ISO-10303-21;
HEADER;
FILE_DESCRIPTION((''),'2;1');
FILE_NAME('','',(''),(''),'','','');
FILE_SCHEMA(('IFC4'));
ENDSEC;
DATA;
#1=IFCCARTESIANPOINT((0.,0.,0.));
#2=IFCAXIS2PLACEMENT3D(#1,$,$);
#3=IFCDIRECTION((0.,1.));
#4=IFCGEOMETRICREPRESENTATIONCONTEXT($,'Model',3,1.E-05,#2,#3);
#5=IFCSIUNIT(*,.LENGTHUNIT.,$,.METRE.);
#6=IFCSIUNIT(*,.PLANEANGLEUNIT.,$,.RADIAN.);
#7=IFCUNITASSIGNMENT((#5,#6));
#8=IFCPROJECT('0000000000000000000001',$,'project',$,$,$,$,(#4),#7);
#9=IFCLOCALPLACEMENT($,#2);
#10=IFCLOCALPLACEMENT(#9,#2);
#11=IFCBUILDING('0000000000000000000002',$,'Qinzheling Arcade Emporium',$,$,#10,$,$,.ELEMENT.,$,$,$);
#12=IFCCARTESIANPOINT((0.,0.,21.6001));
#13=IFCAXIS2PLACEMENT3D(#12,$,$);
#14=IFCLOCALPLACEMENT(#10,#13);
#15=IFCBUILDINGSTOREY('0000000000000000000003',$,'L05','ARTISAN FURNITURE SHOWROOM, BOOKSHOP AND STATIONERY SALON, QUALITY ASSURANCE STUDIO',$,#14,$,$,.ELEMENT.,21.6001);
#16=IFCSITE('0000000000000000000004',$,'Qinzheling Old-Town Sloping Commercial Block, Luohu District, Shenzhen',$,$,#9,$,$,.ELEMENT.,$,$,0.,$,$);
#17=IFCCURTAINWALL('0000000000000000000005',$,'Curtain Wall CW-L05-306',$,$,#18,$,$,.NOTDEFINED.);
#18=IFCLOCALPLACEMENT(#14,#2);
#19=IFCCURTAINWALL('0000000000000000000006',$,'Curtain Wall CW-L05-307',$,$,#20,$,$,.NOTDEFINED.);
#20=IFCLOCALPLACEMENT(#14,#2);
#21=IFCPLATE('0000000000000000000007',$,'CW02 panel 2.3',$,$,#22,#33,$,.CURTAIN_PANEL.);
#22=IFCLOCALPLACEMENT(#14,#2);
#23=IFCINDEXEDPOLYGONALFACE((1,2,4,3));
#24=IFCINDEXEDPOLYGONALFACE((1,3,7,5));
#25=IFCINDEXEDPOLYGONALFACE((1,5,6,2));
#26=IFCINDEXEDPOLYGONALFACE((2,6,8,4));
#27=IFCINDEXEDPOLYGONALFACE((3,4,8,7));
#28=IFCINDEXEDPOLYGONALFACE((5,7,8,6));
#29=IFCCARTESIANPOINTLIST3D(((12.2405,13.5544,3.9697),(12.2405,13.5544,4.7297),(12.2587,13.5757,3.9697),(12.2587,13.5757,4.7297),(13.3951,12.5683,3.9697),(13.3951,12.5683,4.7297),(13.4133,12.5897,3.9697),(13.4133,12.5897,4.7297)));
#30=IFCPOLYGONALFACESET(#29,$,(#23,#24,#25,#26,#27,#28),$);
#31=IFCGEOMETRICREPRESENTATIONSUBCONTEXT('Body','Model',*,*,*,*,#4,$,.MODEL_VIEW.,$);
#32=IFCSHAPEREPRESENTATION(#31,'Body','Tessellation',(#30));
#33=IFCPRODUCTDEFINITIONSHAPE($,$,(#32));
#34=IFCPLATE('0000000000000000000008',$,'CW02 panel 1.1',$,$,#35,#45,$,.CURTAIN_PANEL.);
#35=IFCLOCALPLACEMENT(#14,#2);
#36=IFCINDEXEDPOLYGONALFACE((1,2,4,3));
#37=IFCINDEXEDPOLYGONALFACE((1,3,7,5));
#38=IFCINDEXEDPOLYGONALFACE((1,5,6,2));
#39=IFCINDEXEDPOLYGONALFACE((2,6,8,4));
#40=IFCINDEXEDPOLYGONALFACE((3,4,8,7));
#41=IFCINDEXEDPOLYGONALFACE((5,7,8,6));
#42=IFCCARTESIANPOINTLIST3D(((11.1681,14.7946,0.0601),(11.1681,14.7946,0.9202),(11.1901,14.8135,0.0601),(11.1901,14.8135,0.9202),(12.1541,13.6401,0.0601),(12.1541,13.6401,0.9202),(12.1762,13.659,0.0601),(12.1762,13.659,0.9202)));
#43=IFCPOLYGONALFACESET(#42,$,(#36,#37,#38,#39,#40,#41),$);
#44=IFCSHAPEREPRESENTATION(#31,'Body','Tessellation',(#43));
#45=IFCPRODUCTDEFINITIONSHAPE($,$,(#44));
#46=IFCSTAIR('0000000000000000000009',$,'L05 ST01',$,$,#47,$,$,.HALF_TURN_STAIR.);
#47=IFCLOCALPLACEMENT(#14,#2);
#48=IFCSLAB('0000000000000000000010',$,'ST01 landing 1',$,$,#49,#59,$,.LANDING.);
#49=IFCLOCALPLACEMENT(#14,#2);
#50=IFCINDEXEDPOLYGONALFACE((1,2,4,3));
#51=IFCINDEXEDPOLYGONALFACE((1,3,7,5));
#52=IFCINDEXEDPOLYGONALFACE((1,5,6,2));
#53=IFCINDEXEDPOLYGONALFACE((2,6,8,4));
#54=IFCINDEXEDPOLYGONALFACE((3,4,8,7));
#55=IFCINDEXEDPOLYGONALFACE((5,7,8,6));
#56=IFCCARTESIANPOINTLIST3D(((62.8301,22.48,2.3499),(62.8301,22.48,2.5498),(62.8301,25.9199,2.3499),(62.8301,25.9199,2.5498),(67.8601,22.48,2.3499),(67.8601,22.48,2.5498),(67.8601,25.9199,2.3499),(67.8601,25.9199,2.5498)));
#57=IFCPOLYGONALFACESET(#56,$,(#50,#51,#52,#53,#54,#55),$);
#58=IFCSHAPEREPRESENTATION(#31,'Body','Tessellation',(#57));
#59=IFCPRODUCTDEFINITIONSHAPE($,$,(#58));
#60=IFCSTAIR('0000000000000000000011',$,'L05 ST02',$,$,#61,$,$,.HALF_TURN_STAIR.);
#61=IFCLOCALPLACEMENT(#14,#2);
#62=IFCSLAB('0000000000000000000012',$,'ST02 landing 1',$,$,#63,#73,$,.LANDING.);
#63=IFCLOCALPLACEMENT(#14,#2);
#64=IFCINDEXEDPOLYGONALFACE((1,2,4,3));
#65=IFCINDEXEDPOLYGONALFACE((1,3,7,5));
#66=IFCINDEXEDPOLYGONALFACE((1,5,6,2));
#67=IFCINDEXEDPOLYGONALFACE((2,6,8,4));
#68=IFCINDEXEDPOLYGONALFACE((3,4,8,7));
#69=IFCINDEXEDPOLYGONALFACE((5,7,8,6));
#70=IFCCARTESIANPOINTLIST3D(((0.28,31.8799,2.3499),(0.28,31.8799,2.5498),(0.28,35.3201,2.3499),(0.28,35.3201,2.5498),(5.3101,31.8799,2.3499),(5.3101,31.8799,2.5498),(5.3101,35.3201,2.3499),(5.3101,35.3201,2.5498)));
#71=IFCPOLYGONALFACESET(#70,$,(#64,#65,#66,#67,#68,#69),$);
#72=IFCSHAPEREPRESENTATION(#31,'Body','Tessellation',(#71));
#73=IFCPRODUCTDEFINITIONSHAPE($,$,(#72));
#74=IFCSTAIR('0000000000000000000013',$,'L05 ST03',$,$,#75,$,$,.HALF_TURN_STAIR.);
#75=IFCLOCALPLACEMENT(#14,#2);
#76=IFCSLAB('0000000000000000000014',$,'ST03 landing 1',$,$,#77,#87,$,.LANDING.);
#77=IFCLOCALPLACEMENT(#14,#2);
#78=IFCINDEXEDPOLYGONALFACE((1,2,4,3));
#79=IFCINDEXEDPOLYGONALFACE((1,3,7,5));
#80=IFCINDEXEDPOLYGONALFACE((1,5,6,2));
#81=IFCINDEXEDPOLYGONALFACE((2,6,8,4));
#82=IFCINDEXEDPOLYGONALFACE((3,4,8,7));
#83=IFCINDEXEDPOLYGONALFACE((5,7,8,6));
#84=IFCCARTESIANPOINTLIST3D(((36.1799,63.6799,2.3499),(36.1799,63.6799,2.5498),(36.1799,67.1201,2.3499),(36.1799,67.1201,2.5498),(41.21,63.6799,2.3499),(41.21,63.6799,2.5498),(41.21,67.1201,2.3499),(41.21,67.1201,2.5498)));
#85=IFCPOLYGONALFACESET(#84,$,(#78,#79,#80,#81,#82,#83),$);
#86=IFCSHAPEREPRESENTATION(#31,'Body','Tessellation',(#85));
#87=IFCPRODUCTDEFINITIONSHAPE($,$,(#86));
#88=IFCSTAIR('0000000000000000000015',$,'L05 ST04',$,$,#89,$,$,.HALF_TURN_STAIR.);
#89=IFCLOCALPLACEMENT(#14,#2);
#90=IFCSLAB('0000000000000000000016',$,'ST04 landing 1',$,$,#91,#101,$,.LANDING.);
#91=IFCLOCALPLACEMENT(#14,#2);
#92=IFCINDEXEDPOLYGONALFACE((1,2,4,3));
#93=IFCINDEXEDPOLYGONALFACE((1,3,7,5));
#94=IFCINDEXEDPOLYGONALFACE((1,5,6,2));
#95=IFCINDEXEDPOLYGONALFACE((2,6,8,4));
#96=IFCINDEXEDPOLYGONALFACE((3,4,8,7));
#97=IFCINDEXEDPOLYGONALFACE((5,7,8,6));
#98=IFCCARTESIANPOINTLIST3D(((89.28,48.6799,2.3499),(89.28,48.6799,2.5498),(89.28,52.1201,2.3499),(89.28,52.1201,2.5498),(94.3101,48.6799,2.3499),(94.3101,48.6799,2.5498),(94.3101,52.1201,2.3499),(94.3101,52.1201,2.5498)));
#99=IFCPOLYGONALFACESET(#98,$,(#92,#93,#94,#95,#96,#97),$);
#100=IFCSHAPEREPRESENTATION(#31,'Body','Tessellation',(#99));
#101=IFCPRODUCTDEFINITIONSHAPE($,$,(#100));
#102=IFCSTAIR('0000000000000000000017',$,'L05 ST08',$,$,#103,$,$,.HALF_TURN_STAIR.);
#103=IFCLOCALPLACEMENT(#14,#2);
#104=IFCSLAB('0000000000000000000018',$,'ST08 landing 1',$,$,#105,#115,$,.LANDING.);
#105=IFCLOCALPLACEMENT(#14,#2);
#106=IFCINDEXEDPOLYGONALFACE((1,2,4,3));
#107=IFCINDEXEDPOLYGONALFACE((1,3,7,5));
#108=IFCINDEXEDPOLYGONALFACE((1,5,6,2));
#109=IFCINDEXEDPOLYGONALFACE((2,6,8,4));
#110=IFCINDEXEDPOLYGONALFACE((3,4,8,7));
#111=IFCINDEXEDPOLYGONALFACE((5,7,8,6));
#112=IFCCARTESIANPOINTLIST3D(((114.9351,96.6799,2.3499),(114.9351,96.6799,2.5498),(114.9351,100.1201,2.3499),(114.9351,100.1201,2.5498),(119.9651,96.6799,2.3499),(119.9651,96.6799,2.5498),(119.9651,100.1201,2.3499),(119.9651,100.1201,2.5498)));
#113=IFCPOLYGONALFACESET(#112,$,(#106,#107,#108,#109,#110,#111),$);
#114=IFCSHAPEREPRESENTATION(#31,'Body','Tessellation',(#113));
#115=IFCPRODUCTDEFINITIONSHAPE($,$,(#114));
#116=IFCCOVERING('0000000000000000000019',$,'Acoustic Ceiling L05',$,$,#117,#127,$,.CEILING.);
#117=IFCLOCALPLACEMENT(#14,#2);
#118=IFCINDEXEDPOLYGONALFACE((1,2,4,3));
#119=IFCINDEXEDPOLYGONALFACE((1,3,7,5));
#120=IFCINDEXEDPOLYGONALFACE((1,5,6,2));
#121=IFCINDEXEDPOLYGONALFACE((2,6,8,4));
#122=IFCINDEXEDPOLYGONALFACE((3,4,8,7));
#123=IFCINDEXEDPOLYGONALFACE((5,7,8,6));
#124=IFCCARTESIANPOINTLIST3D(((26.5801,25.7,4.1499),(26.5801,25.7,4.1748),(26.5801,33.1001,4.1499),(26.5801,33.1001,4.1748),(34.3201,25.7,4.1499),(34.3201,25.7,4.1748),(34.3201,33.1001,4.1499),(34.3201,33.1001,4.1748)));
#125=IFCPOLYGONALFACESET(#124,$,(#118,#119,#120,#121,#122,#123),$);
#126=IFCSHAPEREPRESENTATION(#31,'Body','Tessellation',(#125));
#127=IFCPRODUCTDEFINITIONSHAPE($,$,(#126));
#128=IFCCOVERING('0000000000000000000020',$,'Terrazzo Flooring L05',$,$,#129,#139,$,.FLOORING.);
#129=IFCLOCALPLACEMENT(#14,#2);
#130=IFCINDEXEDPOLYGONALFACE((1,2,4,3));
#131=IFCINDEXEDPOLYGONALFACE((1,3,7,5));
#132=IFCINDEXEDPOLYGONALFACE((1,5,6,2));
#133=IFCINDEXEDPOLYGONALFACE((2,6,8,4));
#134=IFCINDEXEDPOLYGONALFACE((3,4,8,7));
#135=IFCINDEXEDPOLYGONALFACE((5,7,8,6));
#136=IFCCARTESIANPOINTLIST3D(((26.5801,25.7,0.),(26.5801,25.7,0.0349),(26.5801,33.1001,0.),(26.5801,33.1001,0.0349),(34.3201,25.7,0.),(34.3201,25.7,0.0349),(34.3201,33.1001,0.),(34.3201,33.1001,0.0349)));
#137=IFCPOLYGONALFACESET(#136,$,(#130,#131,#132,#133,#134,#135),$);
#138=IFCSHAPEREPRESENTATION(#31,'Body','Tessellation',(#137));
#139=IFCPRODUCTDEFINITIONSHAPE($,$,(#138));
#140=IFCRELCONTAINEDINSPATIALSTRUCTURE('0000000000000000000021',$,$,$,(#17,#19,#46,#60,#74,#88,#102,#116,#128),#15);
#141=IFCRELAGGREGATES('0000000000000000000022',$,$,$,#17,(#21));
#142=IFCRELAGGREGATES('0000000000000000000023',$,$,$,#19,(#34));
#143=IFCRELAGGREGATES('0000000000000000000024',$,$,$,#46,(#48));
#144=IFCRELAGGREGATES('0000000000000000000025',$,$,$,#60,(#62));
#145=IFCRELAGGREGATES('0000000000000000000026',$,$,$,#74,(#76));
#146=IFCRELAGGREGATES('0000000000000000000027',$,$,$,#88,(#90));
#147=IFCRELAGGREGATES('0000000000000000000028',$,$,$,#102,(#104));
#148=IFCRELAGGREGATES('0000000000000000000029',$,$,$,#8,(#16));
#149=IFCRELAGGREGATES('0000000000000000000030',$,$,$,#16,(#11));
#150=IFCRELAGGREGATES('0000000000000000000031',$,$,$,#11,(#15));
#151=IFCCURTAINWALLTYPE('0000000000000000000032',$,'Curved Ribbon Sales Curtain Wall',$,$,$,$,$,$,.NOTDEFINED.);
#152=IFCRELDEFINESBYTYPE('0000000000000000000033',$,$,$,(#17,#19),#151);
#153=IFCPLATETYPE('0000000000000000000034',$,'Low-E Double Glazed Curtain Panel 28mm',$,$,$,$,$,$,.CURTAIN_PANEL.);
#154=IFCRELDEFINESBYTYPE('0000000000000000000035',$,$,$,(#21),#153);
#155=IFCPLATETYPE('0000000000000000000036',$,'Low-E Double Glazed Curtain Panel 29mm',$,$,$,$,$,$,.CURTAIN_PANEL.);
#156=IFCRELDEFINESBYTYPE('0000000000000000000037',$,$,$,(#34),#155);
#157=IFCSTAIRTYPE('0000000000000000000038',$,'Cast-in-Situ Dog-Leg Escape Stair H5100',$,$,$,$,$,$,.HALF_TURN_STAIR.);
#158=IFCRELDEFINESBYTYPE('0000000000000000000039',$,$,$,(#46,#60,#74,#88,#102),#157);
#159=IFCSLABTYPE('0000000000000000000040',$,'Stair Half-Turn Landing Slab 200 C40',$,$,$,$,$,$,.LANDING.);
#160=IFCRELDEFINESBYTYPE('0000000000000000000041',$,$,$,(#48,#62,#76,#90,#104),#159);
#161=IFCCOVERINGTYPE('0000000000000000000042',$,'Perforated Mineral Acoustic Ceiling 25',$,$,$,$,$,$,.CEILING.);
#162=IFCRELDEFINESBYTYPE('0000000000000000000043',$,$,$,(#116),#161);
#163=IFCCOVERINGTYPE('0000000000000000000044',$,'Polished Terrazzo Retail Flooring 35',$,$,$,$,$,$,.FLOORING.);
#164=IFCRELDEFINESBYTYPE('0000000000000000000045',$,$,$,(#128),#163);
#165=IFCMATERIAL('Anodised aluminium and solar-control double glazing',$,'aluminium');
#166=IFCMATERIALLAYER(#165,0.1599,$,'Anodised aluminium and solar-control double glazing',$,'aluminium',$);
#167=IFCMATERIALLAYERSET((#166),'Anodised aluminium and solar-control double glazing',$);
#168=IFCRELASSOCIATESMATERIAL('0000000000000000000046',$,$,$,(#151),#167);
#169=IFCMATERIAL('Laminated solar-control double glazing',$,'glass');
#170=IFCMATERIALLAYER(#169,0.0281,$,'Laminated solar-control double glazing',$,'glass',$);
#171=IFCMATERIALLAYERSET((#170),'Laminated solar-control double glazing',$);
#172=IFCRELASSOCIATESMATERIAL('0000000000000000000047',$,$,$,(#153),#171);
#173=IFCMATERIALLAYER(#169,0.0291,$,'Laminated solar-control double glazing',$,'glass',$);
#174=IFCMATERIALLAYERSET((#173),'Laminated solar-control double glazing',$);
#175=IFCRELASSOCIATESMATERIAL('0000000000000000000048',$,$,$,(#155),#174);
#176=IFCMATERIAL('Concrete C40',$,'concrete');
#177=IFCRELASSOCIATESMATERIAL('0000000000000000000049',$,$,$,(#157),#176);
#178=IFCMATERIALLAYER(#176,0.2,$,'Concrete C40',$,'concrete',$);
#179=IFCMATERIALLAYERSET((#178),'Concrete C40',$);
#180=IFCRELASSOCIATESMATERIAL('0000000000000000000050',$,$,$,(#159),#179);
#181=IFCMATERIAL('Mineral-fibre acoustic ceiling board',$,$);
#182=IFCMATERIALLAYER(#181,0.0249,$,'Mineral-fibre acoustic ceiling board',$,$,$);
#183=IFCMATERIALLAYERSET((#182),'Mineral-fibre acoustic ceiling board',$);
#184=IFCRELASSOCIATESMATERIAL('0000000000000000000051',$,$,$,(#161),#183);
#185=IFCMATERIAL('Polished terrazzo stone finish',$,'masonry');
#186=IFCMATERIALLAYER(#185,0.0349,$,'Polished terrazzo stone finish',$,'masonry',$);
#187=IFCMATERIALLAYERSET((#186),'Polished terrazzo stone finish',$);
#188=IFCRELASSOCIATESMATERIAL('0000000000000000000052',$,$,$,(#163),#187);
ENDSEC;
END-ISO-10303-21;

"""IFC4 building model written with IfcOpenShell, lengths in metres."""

from ifc_helpers import new_model, si_unit, direction, frame, origin, origin_2d, place, context, subcontext, project, spatial, polyline, rectangle, outline, extrude, material, layer, layer_set, type_object, element, aggregate, save


model = new_model("IFC4")

# Units and contexts
model_context = context("Model", 3, precision=1e-05, world=origin(), true_north=direction((0.0, 1.0)))
body_context = subcontext(model_context, "Body", "Model", "MODEL_VIEW")
ifc_project = project(units=[si_unit("LENGTHUNIT", "METRE"), si_unit("PLANEANGLEUNIT", "RADIAN")], contexts=[model_context])

# Site, building, storey
site_placement = place(None, origin())
site = spatial("IfcSite", under=ifc_project, at=site_placement, Name="Qinzheling Old-Town Sloping Commercial Block, Luohu District, Shenzhen", CompositionType="ELEMENT", RefElevation=0.0)
building_placement = place(site_placement, origin())
building = spatial("IfcBuilding", under=site, at=building_placement, Name="Qinzheling Arcade Emporium", CompositionType="ELEMENT")
storey_placement = place(building_placement, frame((0.0, 0.0, 21.6001)))
storey = spatial("IfcBuildingStorey", under=building, at=storey_placement, Name="L05", Description="ARTISAN FURNITURE SHOWROOM, BOOKSHOP AND STATIONERY SALON, QUALITY ASSURANCE STUDIO", CompositionType="ELEMENT", Elevation=21.6001)

# Curtain walls
ifc_material_1 = material(Name="Anodised aluminium and solar-control double glazing", Category="aluminium")
ifc_layer_1 = layer(ifc_material_1, 0.1599, Name="Anodised aluminium and solar-control double glazing", Category="aluminium")
ifc_layer_set_1 = layer_set([ifc_layer_1], Name="Anodised aluminium and solar-control double glazing")
curtain_wall_type = type_object("IfcCurtainWallType", Name="Curved Ribbon Sales Curtain Wall", PredefinedType="NOTDEFINED", material=ifc_layer_set_1)
curtain_wall_1_placement = place(storey_placement, origin())
curtain_wall_1 = element("IfcCurtainWall", 1, at=curtain_wall_1_placement, inside=storey, type_object=curtain_wall_type, Name="Curtain Wall CW-L05-306", PredefinedType="NOTDEFINED")
curtain_wall_2_placement = place(storey_placement, origin())
curtain_wall_2 = element("IfcCurtainWall", 2, at=curtain_wall_2_placement, inside=storey, type_object=curtain_wall_type, Name="Curtain Wall CW-L05-307", PredefinedType="NOTDEFINED")

# Shared definitions
ifc_material_2 = material(Name="Concrete C40", Category="concrete")

# Plates
ifc_material_3 = material(Name="Laminated solar-control double glazing", Category="glass")
ifc_layer_2 = layer(ifc_material_3, 0.0281, Name="Laminated solar-control double glazing", Category="glass")
ifc_layer_set_2 = layer_set([ifc_layer_2], Name="Laminated solar-control double glazing")
plate_type_1 = type_object("IfcPlateType", Name="Low-E Double Glazed Curtain Panel 28mm", PredefinedType="CURTAIN_PANEL", material=ifc_layer_set_2)
plate_1_placement = place(storey_placement, frame((12.8269, 13.072, 3.9697), z_axis=(0.0, 0.0, 1.0), x_axis=(-0.760418, 0.649433, 0.0)))
plate_1 = element("IfcPlate", 3, at=plate_1_placement, type_object=plate_type_1, Name="CW02 panel 2.3", PredefinedType="CURTAIN_PANEL", context=body_context, shape_type="SweptSolid", body=[
    extrude(rectangle(XDim=1.5183, YDim=0.0281, at=origin_2d()), origin(), (0.0, 0.0, 1.0), 0.76),
])
aggregate(curtain_wall_1, [plate_1])
ifc_layer_3 = layer(ifc_material_3, 0.0291, Name="Laminated solar-control double glazing", Category="glass")
ifc_layer_set_3 = layer_set([ifc_layer_3], Name="Laminated solar-control double glazing")
plate_type_2 = type_object("IfcPlateType", Name="Low-E Double Glazed Curtain Panel 29mm", PredefinedType="CURTAIN_PANEL", material=ifc_layer_set_3)
plate_2_placement = place(storey_placement, frame((11.6721, 14.2268, 0.0601), z_axis=(0.0, 0.0, 1.0), x_axis=(-0.649433, 0.760418, 0.0)))
plate_2 = element("IfcPlate", 4, at=plate_2_placement, type_object=plate_type_2, Name="CW02 panel 1.1", PredefinedType="CURTAIN_PANEL", context=body_context, shape_type="SweptSolid", body=[
    extrude(rectangle(XDim=1.5183, YDim=0.0291, at=origin_2d()), origin(), (0.0, 0.0, 1.0), 0.8601),
])
aggregate(curtain_wall_2, [plate_2])

# Stairs, slabs
stair_type = type_object("IfcStairType", Name="Cast-in-Situ Dog-Leg Escape Stair H5100", PredefinedType="HALF_TURN_STAIR", material=ifc_material_2)
stair_1_placement = place(storey_placement, origin())
stair_1 = element("IfcStair", 5, at=stair_1_placement, inside=storey, type_object=stair_type, Name="L05 ST01", PredefinedType="HALF_TURN_STAIR")
ifc_layer_4 = layer(ifc_material_2, 0.2, Name="Concrete C40", Category="concrete")
ifc_layer_set_4 = layer_set([ifc_layer_4], Name="Concrete C40")
slab_type_1 = type_object("IfcSlabType", Name="Stair Half-Turn Landing Slab 200 C40", PredefinedType="LANDING", material=ifc_layer_set_4)
slab_1_placement = place(storey_placement, frame((0.0, 0.0, 2.3499)))
slab_1 = element("IfcSlab", 6, at=slab_1_placement, type_object=slab_type_1, Name="ST01 landing 1", PredefinedType="LANDING", context=body_context, shape_type="SweptSolid", body=[
    extrude(outline(polyline([(62.8301, 25.9199), (67.8601, 25.9199), (67.8601, 22.48), (62.8301, 22.48), (62.8301, 25.9199)])), origin(), (0.0, 0.0, 1.0), 0.2),
])
aggregate(stair_1, [slab_1])
stair_2_placement = place(storey_placement, origin())
stair_2 = element("IfcStair", 7, at=stair_2_placement, inside=storey, type_object=stair_type, Name="L05 ST02", PredefinedType="HALF_TURN_STAIR")
slab_2_placement = place(storey_placement, frame((0.0, 0.0, 2.3499)))
slab_2 = element("IfcSlab", 8, at=slab_2_placement, type_object=slab_type_1, Name="ST02 landing 1", PredefinedType="LANDING", context=body_context, shape_type="SweptSolid", body=[
    extrude(outline(polyline([(0.28, 35.3201), (5.3101, 35.3201), (5.3101, 31.8799), (0.28, 31.8799), (0.28, 35.3201)])), origin(), (0.0, 0.0, 1.0), 0.2),
])
aggregate(stair_2, [slab_2])
stair_3_placement = place(storey_placement, origin())
stair_3 = element("IfcStair", 9, at=stair_3_placement, inside=storey, type_object=stair_type, Name="L05 ST03", PredefinedType="HALF_TURN_STAIR")
slab_3_placement = place(storey_placement, frame((0.0, 0.0, 2.3499)))
slab_3 = element("IfcSlab", 10, at=slab_3_placement, type_object=slab_type_1, Name="ST03 landing 1", PredefinedType="LANDING", context=body_context, shape_type="SweptSolid", body=[
    extrude(outline(polyline([(36.1799, 67.1201), (41.21, 67.1201), (41.21, 63.6799), (36.1799, 63.6799), (36.1799, 67.1201)])), origin(), (0.0, 0.0, 1.0), 0.2),
])
aggregate(stair_3, [slab_3])
stair_4_placement = place(storey_placement, origin())
stair_4 = element("IfcStair", 11, at=stair_4_placement, inside=storey, type_object=stair_type, Name="L05 ST04", PredefinedType="HALF_TURN_STAIR")
slab_4_placement = place(storey_placement, frame((0.0, 0.0, 2.3499)))
slab_4 = element("IfcSlab", 12, at=slab_4_placement, type_object=slab_type_1, Name="ST04 landing 1", PredefinedType="LANDING", context=body_context, shape_type="SweptSolid", body=[
    extrude(outline(polyline([(94.3101, 48.6799), (89.28, 48.6799), (89.28, 52.1201), (94.3101, 52.1201), (94.3101, 48.6799)])), origin(), (0.0, 0.0, 1.0), 0.2),
])
aggregate(stair_4, [slab_4])
stair_5_placement = place(storey_placement, origin())
stair_5 = element("IfcStair", 13, at=stair_5_placement, inside=storey, type_object=stair_type, Name="L05 ST08", PredefinedType="HALF_TURN_STAIR")
slab_5_placement = place(storey_placement, frame((0.0, 0.0, 2.3499)))
slab_5 = element("IfcSlab", 14, at=slab_5_placement, type_object=slab_type_1, Name="ST08 landing 1", PredefinedType="LANDING", context=body_context, shape_type="SweptSolid", body=[
    extrude(outline(polyline([(114.9351, 100.1201), (119.9651, 100.1201), (119.9651, 96.6799), (114.9351, 96.6799), (114.9351, 100.1201)])), origin(), (0.0, 0.0, 1.0), 0.2),
])
aggregate(stair_5, [slab_5])

# Coverings
ifc_material_4 = material(Name="Mineral-fibre acoustic ceiling board")
ifc_layer_5 = layer(ifc_material_4, 0.0249, Name="Mineral-fibre acoustic ceiling board")
ifc_layer_set_5 = layer_set([ifc_layer_5], Name="Mineral-fibre acoustic ceiling board")
covering_type_1 = type_object("IfcCoveringType", Name="Perforated Mineral Acoustic Ceiling 25", PredefinedType="CEILING", material=ifc_layer_set_5)
covering_1_placement = place(storey_placement, frame((0.0, 0.0, 4.1499)))
element("IfcCovering", 15, at=covering_1_placement, inside=storey, type_object=covering_type_1, Name="Acoustic Ceiling L05", PredefinedType="CEILING", context=body_context, shape_type="SweptSolid", body=[
    extrude(outline(polyline([(26.5801, 25.7), (34.3201, 25.7), (34.3201, 33.1001), (26.5801, 33.1001), (26.5801, 25.7)])), origin(), (0.0, 0.0, 1.0), 0.0249),
])
ifc_material_5 = material(Name="Polished terrazzo stone finish", Category="masonry")
ifc_layer_6 = layer(ifc_material_5, 0.0349, Name="Polished terrazzo stone finish", Category="masonry")
ifc_layer_set_6 = layer_set([ifc_layer_6], Name="Polished terrazzo stone finish")
covering_type_2 = type_object("IfcCoveringType", Name="Polished Terrazzo Retail Flooring 35", PredefinedType="FLOORING", material=ifc_layer_set_6)
covering_2_placement = place(storey_placement, origin())
element("IfcCovering", 16, at=covering_2_placement, inside=storey, type_object=covering_type_2, Name="Terrazzo Flooring L05", PredefinedType="FLOORING", context=body_context, shape_type="SweptSolid", body=[
    extrude(outline(polyline([(26.5801, 25.7), (34.3201, 25.7), (34.3201, 33.1001), (26.5801, 33.1001), (26.5801, 25.7)])), origin(), (0.0, 0.0, 1.0), 0.0349),
])

save(model, "model.ifc")
